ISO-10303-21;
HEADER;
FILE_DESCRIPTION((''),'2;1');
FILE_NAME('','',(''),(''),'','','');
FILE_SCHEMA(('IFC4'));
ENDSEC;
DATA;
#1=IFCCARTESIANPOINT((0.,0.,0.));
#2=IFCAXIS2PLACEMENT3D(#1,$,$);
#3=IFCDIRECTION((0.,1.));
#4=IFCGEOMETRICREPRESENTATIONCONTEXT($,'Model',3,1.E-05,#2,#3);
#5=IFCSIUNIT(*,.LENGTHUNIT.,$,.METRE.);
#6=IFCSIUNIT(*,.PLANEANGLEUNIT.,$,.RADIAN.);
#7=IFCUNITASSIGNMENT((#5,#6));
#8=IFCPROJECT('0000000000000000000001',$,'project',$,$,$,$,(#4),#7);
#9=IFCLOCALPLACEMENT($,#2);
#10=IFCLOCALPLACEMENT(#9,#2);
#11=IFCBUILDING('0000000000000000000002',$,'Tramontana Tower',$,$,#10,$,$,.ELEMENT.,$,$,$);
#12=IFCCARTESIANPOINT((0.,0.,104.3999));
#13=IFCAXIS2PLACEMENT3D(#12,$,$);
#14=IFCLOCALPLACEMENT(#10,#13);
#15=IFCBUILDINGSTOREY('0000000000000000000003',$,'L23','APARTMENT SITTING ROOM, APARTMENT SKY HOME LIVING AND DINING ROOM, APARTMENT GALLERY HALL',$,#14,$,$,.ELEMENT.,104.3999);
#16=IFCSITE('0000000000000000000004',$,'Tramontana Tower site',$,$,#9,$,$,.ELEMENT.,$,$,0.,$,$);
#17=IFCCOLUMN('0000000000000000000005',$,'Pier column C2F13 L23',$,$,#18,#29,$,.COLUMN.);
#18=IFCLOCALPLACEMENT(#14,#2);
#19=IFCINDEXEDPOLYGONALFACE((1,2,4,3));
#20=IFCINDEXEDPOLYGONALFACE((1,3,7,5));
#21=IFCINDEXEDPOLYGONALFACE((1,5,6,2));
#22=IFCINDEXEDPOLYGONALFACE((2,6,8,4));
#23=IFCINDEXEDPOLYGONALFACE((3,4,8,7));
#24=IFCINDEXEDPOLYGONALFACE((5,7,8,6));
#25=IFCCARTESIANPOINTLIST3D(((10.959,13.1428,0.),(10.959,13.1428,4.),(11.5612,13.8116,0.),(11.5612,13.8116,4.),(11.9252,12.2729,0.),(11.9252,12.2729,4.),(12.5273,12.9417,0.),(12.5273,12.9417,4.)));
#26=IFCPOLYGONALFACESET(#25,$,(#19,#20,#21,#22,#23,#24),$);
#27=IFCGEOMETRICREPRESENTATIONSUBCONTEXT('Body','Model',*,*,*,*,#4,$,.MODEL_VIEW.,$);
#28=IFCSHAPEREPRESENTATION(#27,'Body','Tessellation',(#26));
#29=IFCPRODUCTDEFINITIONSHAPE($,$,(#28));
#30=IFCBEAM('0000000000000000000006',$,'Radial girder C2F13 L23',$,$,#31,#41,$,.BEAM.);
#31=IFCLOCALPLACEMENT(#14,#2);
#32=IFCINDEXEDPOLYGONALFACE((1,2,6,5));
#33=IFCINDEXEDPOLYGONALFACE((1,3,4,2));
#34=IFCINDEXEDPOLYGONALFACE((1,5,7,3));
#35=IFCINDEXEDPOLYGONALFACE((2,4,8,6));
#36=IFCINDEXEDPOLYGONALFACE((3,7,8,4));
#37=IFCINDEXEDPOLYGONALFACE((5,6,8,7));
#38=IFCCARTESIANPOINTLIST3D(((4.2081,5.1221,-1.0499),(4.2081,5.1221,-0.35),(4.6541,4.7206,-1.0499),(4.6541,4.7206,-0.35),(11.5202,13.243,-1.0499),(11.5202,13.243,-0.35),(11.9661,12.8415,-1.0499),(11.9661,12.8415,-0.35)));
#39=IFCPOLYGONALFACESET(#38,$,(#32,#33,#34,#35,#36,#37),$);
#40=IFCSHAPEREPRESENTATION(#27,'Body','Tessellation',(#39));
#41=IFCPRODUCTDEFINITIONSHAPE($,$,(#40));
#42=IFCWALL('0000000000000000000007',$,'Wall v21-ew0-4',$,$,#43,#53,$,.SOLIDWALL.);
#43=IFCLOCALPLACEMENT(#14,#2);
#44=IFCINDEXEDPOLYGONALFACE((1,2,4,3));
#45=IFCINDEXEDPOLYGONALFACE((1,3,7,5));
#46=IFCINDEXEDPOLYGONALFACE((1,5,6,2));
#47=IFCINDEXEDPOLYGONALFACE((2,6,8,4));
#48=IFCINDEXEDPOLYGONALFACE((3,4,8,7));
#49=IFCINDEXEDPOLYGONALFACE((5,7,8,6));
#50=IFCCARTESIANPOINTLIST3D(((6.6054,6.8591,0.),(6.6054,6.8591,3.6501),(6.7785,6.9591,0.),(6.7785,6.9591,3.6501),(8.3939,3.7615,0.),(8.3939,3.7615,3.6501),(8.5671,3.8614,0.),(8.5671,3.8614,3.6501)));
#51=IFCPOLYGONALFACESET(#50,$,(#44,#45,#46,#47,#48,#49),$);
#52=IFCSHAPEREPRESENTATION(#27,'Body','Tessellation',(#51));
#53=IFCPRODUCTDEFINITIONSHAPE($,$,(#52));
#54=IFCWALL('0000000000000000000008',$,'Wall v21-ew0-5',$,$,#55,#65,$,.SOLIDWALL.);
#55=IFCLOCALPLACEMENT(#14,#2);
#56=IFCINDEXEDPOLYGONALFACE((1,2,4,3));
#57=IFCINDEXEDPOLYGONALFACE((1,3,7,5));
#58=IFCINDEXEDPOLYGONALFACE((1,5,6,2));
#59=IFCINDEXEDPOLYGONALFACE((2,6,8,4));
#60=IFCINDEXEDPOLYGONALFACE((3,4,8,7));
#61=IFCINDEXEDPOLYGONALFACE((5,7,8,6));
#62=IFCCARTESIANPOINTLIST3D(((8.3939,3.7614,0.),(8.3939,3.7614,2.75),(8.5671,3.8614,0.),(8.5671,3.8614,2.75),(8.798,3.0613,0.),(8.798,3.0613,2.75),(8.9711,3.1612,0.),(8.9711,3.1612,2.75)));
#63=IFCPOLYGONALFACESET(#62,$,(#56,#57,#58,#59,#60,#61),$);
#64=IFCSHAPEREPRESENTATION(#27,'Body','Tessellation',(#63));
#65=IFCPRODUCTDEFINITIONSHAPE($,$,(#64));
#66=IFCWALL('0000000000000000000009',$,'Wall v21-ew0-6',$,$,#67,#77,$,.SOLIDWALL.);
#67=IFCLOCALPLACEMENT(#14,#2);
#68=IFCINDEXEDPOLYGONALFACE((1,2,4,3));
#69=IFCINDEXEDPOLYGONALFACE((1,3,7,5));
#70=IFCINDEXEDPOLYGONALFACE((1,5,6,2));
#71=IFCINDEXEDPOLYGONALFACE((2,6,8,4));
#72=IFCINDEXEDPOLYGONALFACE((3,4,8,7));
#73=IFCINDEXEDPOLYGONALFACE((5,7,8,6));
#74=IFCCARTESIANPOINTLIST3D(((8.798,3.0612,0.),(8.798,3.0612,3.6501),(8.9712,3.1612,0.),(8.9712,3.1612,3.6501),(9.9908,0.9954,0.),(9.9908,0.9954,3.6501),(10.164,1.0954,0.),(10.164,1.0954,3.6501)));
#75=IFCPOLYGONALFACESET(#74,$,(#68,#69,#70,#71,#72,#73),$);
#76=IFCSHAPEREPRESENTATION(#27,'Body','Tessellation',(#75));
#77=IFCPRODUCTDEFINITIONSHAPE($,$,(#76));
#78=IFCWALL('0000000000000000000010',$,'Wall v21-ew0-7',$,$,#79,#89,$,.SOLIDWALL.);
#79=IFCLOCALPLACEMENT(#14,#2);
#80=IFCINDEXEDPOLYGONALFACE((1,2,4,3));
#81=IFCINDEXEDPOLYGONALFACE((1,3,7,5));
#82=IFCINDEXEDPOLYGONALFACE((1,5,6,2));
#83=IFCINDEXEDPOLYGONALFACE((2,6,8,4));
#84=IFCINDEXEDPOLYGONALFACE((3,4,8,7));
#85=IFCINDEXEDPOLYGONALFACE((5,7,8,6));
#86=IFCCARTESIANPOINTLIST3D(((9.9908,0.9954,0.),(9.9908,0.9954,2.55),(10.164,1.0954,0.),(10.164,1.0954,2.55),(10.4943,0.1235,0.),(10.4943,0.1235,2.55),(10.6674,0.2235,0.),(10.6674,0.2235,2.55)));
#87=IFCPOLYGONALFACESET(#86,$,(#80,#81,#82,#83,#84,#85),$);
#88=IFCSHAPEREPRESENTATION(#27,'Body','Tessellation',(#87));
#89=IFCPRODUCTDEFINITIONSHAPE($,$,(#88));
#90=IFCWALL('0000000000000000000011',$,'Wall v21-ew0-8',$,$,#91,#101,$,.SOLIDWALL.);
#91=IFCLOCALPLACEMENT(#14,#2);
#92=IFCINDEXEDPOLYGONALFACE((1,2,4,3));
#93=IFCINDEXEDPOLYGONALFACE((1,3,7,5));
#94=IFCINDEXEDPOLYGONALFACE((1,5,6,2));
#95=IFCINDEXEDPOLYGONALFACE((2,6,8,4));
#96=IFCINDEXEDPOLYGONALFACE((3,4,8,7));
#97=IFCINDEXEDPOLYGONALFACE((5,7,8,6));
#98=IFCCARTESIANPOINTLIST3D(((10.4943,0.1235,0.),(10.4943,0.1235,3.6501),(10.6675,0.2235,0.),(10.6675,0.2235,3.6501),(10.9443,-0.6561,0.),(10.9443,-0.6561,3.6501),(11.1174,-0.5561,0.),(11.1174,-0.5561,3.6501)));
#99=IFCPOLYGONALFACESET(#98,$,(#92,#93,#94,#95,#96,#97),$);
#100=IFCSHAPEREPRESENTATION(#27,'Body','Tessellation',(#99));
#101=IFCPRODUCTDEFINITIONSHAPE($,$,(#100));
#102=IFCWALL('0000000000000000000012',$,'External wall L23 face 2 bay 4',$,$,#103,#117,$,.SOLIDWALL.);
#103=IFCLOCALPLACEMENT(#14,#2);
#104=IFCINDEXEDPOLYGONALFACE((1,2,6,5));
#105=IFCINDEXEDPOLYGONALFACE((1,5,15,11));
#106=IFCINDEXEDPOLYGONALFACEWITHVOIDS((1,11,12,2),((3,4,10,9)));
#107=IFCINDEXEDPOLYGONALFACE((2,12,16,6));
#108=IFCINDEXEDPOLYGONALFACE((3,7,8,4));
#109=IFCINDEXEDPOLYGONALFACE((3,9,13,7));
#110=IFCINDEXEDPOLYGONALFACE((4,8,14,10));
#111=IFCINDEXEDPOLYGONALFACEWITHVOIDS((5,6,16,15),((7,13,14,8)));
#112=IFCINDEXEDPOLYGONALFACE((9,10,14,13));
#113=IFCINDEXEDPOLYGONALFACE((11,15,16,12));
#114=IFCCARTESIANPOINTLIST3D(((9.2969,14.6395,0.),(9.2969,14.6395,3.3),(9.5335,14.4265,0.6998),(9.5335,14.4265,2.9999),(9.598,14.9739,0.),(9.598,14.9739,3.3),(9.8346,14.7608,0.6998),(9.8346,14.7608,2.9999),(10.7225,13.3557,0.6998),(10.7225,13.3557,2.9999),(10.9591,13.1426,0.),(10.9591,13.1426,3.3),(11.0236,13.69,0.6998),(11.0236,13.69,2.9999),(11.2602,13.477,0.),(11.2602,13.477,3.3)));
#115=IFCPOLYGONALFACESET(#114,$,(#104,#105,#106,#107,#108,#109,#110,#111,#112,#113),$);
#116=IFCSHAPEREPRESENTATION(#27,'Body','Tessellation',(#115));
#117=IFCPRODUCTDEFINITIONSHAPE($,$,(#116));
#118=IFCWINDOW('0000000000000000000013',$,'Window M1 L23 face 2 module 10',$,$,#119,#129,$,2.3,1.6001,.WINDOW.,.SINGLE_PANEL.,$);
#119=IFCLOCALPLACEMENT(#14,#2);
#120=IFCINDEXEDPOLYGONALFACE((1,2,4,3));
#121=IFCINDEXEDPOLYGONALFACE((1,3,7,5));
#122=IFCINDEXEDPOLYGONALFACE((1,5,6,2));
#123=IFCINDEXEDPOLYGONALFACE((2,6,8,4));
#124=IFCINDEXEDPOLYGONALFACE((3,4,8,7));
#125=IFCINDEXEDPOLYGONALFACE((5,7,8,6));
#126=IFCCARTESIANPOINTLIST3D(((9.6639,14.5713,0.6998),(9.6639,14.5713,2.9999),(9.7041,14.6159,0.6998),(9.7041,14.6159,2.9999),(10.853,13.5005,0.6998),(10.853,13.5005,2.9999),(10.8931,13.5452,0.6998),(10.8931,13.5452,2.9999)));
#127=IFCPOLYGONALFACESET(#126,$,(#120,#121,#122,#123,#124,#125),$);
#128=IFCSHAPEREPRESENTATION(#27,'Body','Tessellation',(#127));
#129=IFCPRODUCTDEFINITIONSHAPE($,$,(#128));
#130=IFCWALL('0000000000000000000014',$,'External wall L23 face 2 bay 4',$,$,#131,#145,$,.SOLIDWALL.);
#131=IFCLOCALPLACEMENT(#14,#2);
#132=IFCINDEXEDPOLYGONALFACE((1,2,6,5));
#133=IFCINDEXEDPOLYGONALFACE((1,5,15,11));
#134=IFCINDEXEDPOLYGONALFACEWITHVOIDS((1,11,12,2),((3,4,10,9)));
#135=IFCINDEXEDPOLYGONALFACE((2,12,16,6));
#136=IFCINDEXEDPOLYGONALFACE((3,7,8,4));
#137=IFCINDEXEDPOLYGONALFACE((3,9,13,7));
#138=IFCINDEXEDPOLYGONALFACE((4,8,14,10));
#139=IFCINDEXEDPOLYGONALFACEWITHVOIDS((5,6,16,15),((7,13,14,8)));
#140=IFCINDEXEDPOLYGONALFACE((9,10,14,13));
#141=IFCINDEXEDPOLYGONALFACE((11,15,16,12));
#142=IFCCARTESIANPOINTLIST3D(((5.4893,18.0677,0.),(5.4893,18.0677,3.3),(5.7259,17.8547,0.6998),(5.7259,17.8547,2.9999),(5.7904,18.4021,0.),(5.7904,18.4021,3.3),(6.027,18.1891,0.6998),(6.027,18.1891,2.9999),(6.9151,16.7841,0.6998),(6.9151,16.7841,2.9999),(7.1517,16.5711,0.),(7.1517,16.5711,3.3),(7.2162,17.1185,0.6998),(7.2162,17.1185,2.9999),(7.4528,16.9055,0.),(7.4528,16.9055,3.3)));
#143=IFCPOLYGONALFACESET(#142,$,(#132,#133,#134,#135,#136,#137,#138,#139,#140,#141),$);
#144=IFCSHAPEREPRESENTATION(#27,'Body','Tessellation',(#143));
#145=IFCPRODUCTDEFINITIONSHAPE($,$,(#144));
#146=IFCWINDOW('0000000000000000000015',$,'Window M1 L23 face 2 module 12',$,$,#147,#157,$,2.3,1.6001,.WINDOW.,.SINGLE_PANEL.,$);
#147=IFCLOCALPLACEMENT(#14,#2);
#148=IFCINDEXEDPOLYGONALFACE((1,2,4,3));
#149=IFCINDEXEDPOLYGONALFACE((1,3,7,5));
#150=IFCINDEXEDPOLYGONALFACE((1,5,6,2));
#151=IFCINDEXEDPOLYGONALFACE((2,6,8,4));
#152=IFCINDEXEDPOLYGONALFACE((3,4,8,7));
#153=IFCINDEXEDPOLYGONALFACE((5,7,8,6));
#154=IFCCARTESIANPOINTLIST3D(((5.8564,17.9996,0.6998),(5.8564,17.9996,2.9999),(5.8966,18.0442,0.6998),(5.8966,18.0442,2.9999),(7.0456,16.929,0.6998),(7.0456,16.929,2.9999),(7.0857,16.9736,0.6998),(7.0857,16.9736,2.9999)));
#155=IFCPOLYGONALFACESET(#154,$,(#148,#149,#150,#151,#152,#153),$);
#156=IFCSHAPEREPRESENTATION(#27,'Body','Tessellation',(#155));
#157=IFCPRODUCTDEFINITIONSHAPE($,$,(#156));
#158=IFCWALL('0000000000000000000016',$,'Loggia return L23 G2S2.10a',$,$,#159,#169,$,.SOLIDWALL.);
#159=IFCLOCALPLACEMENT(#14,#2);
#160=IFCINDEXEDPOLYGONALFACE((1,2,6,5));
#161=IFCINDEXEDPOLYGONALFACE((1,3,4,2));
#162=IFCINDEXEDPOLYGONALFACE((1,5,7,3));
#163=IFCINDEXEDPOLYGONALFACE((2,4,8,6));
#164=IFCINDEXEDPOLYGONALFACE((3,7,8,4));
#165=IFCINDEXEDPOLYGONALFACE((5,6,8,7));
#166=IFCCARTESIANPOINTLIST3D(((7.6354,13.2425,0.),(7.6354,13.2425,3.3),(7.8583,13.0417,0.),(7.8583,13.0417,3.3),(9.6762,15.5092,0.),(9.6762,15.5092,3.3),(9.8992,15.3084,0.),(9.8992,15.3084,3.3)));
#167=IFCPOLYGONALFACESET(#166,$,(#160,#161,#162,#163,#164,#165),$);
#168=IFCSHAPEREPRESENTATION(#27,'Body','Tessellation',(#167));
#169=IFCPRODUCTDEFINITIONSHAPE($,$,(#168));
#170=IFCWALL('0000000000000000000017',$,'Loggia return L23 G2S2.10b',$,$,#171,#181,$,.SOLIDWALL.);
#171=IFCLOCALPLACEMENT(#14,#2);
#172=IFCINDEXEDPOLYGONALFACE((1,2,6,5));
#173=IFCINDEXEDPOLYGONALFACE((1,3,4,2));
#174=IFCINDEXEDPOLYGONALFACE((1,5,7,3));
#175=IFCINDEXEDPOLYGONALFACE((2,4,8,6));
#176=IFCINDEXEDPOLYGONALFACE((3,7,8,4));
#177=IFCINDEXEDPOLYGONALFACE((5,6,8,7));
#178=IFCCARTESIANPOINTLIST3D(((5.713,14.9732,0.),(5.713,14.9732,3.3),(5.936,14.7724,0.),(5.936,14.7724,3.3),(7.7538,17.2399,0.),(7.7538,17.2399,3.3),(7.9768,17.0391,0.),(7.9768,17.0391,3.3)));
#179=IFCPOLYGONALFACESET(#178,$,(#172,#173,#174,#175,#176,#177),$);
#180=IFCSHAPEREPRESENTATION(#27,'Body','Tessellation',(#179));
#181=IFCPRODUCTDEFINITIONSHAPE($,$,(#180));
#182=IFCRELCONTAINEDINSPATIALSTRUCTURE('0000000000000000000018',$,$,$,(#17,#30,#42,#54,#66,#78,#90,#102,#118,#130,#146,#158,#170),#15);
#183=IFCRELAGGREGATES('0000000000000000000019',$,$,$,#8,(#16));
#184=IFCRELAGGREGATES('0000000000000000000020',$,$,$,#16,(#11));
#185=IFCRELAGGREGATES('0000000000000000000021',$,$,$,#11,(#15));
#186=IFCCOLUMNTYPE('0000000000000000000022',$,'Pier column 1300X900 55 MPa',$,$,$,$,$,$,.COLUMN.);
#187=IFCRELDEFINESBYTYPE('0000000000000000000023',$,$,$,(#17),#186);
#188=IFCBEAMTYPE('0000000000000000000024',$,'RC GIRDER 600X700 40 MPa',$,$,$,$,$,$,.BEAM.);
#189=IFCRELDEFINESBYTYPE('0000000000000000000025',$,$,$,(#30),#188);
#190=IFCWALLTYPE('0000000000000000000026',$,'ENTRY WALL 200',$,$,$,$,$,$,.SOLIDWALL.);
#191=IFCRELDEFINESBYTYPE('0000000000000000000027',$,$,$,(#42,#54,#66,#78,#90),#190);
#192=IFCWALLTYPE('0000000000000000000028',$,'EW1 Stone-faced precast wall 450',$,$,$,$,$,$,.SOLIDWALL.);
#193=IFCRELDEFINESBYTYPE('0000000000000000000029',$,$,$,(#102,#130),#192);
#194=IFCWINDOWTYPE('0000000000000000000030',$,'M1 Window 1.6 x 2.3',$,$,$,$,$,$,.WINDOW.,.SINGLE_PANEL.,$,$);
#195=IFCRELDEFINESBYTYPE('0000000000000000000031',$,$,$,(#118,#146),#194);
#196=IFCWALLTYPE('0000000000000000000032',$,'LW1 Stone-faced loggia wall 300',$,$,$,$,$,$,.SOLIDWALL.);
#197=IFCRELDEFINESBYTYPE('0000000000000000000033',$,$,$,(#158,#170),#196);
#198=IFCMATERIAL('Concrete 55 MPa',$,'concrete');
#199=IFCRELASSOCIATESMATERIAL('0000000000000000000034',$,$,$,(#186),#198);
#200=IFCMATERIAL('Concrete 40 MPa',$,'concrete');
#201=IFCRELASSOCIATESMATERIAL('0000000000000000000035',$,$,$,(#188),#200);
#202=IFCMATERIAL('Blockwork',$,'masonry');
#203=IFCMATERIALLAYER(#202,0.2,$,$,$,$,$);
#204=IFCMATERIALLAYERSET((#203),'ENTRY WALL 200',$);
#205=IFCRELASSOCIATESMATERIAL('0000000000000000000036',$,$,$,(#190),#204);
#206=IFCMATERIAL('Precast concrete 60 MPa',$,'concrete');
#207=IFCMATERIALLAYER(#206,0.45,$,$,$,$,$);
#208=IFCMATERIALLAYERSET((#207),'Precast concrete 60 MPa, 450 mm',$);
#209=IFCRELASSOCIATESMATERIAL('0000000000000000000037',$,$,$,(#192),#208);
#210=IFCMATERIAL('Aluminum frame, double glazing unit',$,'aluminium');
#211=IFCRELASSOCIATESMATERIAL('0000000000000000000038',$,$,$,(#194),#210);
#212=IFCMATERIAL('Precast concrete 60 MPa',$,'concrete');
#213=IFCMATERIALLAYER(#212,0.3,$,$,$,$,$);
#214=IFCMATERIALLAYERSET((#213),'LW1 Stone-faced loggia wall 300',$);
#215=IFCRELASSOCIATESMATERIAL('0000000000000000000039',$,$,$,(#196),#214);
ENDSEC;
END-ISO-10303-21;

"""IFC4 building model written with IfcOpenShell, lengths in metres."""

from ifc_helpers import new_model, si_unit, direction, frame, frame_2d, origin, origin_2d, place, context, subcontext, project, spatial, rectangle, extrude, material, layer, layer_set, material_profile, profile_set, type_object, element, fill, save


model = new_model("IFC4")

# Units and contexts
model_context = context("Model", 3, precision=1e-05, world=origin(), true_north=direction((0.0, 1.0)))
body_context = subcontext(model_context, "Body", "Model", "MODEL_VIEW")
ifc_project = project(units=[si_unit("LENGTHUNIT", "METRE"), si_unit("PLANEANGLEUNIT", "RADIAN")], contexts=[model_context])

# Site, building, storey
site_placement = place(None, origin())
site = spatial("IfcSite", under=ifc_project, at=site_placement, Name="Tramontana Tower site", CompositionType="ELEMENT", RefElevation=0.0)
building_placement = place(site_placement, origin())
building = spatial("IfcBuilding", under=site, at=building_placement, Name="Tramontana Tower", CompositionType="ELEMENT")
storey_placement = place(building_placement, frame((0.0, 0.0, 104.3999)))
storey = spatial("IfcBuildingStorey", under=building, at=storey_placement, Name="L23", Description="APARTMENT SITTING ROOM, APARTMENT SKY HOME LIVING AND DINING ROOM, APARTMENT GALLERY HALL", CompositionType="ELEMENT", Elevation=104.3999)

# Column
ifc_material_1 = material(Name="Concrete 55 MPa", Category="concrete")
ifc_material_profile_1 = material_profile(ifc_material_1, rectangle(XDim=1.3, YDim=0.8999, at=origin_2d()), Name="Pier column 1300X900 55 MPa")
ifc_profile_set_1 = profile_set([ifc_material_profile_1], Name="Concrete 55 MPa")
column_type = type_object("IfcColumnType", Name="Pier column 1300X900 55 MPa", PredefinedType="COLUMN", material=ifc_profile_set_1)
column_placement = place(storey_placement, frame((11.7432, 13.0422, 0.0), z_axis=(0.0, 0.0, 1.0), x_axis=(-0.743145, 0.669131, 0.0)))
element("IfcColumn", 1, at=column_placement, inside=storey, type_object=column_type, Name="Pier column C2F13 L23", PredefinedType="COLUMN", context=body_context, shape_type="SweptSolid", body=[
    extrude(rectangle(XDim=1.3, YDim=0.8999, at=origin_2d()), origin(), (0.0, 0.0, 1.0), 4.0),
])

# Beam
ifc_material_2 = material(Name="Concrete 40 MPa", Category="concrete")
ifc_material_profile_2 = material_profile(ifc_material_2, rectangle(XDim=0.6001, YDim=0.7, at=origin_2d()), Name="RC GIRDER 600X700 40 MPa")
ifc_profile_set_2 = profile_set([ifc_material_profile_2], Name="Concrete 40 MPa")
beam_type = type_object("IfcBeamType", Name="RC GIRDER 600X700 40 MPa", PredefinedType="BEAM", material=ifc_profile_set_2)
beam_placement = place(storey_placement, frame((11.7432, 13.0422, -0.7), z_axis=(-0.669129, -0.743146, 0.0), x_axis=(0.743146, -0.669129, 0.0)))
element("IfcBeam", 2, at=beam_placement, inside=storey, type_object=beam_type, Name="Radial girder C2F13 L23", PredefinedType="BEAM", context=body_context, shape_type="SweptSolid", body=[
    extrude(rectangle(XDim=0.6001, YDim=0.7, at=origin_2d()), origin(), (0.0, 0.0, 1.0), 10.9277),
])

# Walls
ifc_material_3 = material(Name="Blockwork", Category="masonry")
ifc_layer_1 = layer(ifc_material_3, 0.2)
ifc_layer_set_1 = layer_set([ifc_layer_1], Name="ENTRY WALL 200")
wall_type_1 = type_object("IfcWallType", Name="ENTRY WALL 200", PredefinedType="SOLIDWALL", material=ifc_layer_set_1)
wall_1_placement = place(storey_placement, frame((6.6919, 6.9092, 0.0), z_axis=(0.0, 0.0, 1.0), x_axis=(0.50003, -0.866008, 0.0)))
element("IfcWall", 3, at=wall_1_placement, inside=storey, type_object=wall_type_1, Name="Wall v21-ew0-4", PredefinedType="SOLIDWALL", context=body_context, shape_type="SweptSolid", body=[
    extrude(rectangle(XDim=3.5769, YDim=0.2, at=frame_2d((1.7886, 0.0))), origin(), (0.0, 0.0, 1.0), 3.6501),
])
wall_2_placement = place(storey_placement, frame((8.4805, 3.8115, 0.0), z_axis=(0.0, 0.0, 1.0), x_axis=(0.49981, -0.866135, 0.0)))
element("IfcWall", 4, at=wall_2_placement, inside=storey, type_object=wall_type_1, Name="Wall v21-ew0-5", PredefinedType="SOLIDWALL", context=body_context, shape_type="SweptSolid", body=[
    extrude(rectangle(XDim=0.8083, YDim=0.2, at=frame_2d((0.4043, 0.0))), origin(), (0.0, 0.0, 1.0), 2.75),
])
wall_3_placement = place(storey_placement, frame((8.8845, 3.1113, 0.0), z_axis=(0.0, 0.0, 1.0), x_axis=(0.500035, -0.866005, 0.0)))
element("IfcWall", 5, at=wall_3_placement, inside=storey, type_object=wall_type_1, Name="Wall v21-ew0-6", PredefinedType="SOLIDWALL", context=body_context, shape_type="SweptSolid", body=[
    extrude(rectangle(XDim=2.3855, YDim=0.2, at=frame_2d((1.1929, 0.0))), origin(), (0.0, 0.0, 1.0), 3.6501),
])
wall_4_placement = place(storey_placement, frame((10.0774, 1.0454, 0.0), z_axis=(0.0, 0.0, 1.0), x_axis=(0.500051, -0.865996, 0.0)))
element("IfcWall", 6, at=wall_4_placement, inside=storey, type_object=wall_type_1, Name="Wall v21-ew0-7", PredefinedType="SOLIDWALL", context=body_context, shape_type="SweptSolid", body=[
    extrude(rectangle(XDim=1.0068, YDim=0.2, at=frame_2d((0.5034, 0.0))), origin(), (0.0, 0.0, 1.0), 2.55),
])
wall_5_placement = place(storey_placement, frame((10.5808, 0.1736, 0.0), z_axis=(0.0, 0.0, 1.0), x_axis=(0.499902, -0.866082, 0.0)))
element("IfcWall", 7, at=wall_5_placement, inside=storey, type_object=wall_type_1, Name="Wall v21-ew0-8", PredefinedType="SOLIDWALL", context=body_context, shape_type="SweptSolid", body=[
    extrude(rectangle(XDim=0.9001, YDim=0.2, at=frame_2d((0.4502, 0.0))), origin(), (0.0, 0.0, 1.0), 3.6501),
])

# Walls, openings, windows
ifc_material_4 = material(Name="Precast concrete 60 MPa", Category="concrete")
ifc_layer_2 = layer(ifc_material_4, 0.45)
ifc_layer_set_2 = layer_set([ifc_layer_2], Name="Precast concrete 60 MPa, 450 mm")
wall_type_2 = type_object("IfcWallType", Name="EW1 Stone-faced precast wall 450", PredefinedType="SOLIDWALL", material=ifc_layer_set_2)
wall_6_placement = place(storey_placement, frame((11.1096, 13.3098, 0.0), z_axis=(0.0, 0.0, 1.0), x_axis=(-0.743088, 0.669194, 0.0)))
wall_6 = element("IfcWall", 8, at=wall_6_placement, inside=storey, type_object=wall_type_2, Name="External wall L23 face 2 bay 4", PredefinedType="SOLIDWALL", context=body_context, shape_type="SweptSolid", body=[
    extrude(rectangle(XDim=2.2368, YDim=0.45, at=frame_2d((1.1184, 0.0))), origin(), (0.0, 0.0, 1.0), 3.3),
])
opening_1_placement = place(wall_6_placement, frame((0.3184, 0.0, 0.7)))
opening_1 = element("IfcOpeningElement", 9, at=opening_1_placement, cuts=wall_6, PredefinedType="OPENING", context=body_context, shape_type="SweptSolid", body=[
    extrude(rectangle(XDim=1.6001, YDim=2.3, at=frame_2d((0.8, 1.1499))), frame((0.0, 0.2349, 0.0), z_axis=(0.0, -1.0, 0.0), x_axis=(1.0, 0.0, 0.0)), (0.0, 0.0, 1.0), 0.47),
])
ifc_material_5 = material(Name="Aluminum frame, double glazing unit", Category="aluminium")
window_type = type_object("IfcWindowType", Name="M1 Window 1.6 x 2.3", PartitioningType="SINGLE_PANEL", PredefinedType="WINDOW", material=ifc_material_5)
window_1_placement = place(opening_1_placement, origin())
window_1 = element("IfcWindow", 10, at=window_1_placement, inside=storey, type_object=window_type, Name="Window M1 L23 face 2 module 10", OverallHeight=2.3, OverallWidth=1.6001, PartitioningType="SINGLE_PANEL", PredefinedType="WINDOW", context=body_context, shape_type="SweptSolid", body=[
    extrude(rectangle(XDim=1.6001, YDim=2.3, at=frame_2d((0.8, 1.1499))), frame((0.0, 0.03, 0.0), z_axis=(0.0, -1.0, 0.0), x_axis=(1.0, 0.0, 0.0)), (0.0, 0.0, 1.0), 0.0601),
])
fill(opening_1, window_1)
wall_7_placement = place(storey_placement, frame((7.3022, 16.7383, 0.0), z_axis=(0.0, 0.0, 1.0), x_axis=(-0.743191, 0.669079, 0.0)))
wall_7 = element("IfcWall", 11, at=wall_7_placement, inside=storey, type_object=wall_type_2, Name="External wall L23 face 2 bay 4", PredefinedType="SOLIDWALL", context=body_context, shape_type="SweptSolid", body=[
    extrude(rectangle(XDim=2.2368, YDim=0.45, at=frame_2d((1.1184, 0.0))), origin(), (0.0, 0.0, 1.0), 3.3),
])
opening_2_placement = place(wall_7_placement, frame((0.3184, 0.0, 0.7)))
opening_2 = element("IfcOpeningElement", 12, at=opening_2_placement, cuts=wall_7, PredefinedType="OPENING", context=body_context, shape_type="SweptSolid", body=[
    extrude(rectangle(XDim=1.6001, YDim=2.3, at=frame_2d((0.8, 1.1499))), frame((0.0, 0.2349, 0.0), z_axis=(0.0, -1.0, 0.0), x_axis=(1.0, 0.0, 0.0)), (0.0, 0.0, 1.0), 0.47),
])
window_2_placement = place(opening_2_placement, origin())
window_2 = element("IfcWindow", 13, at=window_2_placement, inside=storey, type_object=window_type, Name="Window M1 L23 face 2 module 12", OverallHeight=2.3, OverallWidth=1.6001, PartitioningType="SINGLE_PANEL", PredefinedType="WINDOW", context=body_context, shape_type="SweptSolid", body=[
    extrude(rectangle(XDim=1.6001, YDim=2.3, at=frame_2d((0.8, 1.1499))), frame((0.0, 0.03, 0.0), z_axis=(0.0, -1.0, 0.0), x_axis=(1.0, 0.0, 0.0)), (0.0, 0.0, 1.0), 0.0601),
])
fill(opening_2, window_2)

# Shared definitions
ifc_material_6 = material(Name="Precast concrete 60 MPa", Category="concrete")
ifc_layer_3 = layer(ifc_material_6, 0.3)
ifc_layer_set_3 = layer_set([ifc_layer_3], Name="LW1 Stone-faced loggia wall 300")
wall_type_3 = type_object("IfcWallType", Name="LW1 Stone-faced loggia wall 300", PredefinedType="SOLIDWALL", material=ifc_layer_set_3)

# Walls
for number, where, z_axis, x_axis, name in (
    (14, (9.7876, 15.4087, 0.0), (0.0, 0.0, 1.0), (-0.669115, -0.743159, 0.0), "Loggia return L23 G2S2.10a"),
    (15, (7.8652, 17.1394, 0.0), (0.0, 0.0, 1.0), (-0.669115, -0.743159, 0.0), "Loggia return L23 G2S2.10b"),
):
    element("IfcWall", number, at=place(storey_placement, frame(where, z_axis=z_axis, x_axis=x_axis)), inside=storey, type_object=wall_type_3, Name=name, PredefinedType="SOLIDWALL", context=body_context, shape_type="SweptSolid", body=[
        extrude(rectangle(XDim=3.05, YDim=0.3, at=frame_2d((1.5249, 0.0))), origin(), (0.0, 0.0, 1.0), 3.3),
    ])

save(model, "model.ifc")
